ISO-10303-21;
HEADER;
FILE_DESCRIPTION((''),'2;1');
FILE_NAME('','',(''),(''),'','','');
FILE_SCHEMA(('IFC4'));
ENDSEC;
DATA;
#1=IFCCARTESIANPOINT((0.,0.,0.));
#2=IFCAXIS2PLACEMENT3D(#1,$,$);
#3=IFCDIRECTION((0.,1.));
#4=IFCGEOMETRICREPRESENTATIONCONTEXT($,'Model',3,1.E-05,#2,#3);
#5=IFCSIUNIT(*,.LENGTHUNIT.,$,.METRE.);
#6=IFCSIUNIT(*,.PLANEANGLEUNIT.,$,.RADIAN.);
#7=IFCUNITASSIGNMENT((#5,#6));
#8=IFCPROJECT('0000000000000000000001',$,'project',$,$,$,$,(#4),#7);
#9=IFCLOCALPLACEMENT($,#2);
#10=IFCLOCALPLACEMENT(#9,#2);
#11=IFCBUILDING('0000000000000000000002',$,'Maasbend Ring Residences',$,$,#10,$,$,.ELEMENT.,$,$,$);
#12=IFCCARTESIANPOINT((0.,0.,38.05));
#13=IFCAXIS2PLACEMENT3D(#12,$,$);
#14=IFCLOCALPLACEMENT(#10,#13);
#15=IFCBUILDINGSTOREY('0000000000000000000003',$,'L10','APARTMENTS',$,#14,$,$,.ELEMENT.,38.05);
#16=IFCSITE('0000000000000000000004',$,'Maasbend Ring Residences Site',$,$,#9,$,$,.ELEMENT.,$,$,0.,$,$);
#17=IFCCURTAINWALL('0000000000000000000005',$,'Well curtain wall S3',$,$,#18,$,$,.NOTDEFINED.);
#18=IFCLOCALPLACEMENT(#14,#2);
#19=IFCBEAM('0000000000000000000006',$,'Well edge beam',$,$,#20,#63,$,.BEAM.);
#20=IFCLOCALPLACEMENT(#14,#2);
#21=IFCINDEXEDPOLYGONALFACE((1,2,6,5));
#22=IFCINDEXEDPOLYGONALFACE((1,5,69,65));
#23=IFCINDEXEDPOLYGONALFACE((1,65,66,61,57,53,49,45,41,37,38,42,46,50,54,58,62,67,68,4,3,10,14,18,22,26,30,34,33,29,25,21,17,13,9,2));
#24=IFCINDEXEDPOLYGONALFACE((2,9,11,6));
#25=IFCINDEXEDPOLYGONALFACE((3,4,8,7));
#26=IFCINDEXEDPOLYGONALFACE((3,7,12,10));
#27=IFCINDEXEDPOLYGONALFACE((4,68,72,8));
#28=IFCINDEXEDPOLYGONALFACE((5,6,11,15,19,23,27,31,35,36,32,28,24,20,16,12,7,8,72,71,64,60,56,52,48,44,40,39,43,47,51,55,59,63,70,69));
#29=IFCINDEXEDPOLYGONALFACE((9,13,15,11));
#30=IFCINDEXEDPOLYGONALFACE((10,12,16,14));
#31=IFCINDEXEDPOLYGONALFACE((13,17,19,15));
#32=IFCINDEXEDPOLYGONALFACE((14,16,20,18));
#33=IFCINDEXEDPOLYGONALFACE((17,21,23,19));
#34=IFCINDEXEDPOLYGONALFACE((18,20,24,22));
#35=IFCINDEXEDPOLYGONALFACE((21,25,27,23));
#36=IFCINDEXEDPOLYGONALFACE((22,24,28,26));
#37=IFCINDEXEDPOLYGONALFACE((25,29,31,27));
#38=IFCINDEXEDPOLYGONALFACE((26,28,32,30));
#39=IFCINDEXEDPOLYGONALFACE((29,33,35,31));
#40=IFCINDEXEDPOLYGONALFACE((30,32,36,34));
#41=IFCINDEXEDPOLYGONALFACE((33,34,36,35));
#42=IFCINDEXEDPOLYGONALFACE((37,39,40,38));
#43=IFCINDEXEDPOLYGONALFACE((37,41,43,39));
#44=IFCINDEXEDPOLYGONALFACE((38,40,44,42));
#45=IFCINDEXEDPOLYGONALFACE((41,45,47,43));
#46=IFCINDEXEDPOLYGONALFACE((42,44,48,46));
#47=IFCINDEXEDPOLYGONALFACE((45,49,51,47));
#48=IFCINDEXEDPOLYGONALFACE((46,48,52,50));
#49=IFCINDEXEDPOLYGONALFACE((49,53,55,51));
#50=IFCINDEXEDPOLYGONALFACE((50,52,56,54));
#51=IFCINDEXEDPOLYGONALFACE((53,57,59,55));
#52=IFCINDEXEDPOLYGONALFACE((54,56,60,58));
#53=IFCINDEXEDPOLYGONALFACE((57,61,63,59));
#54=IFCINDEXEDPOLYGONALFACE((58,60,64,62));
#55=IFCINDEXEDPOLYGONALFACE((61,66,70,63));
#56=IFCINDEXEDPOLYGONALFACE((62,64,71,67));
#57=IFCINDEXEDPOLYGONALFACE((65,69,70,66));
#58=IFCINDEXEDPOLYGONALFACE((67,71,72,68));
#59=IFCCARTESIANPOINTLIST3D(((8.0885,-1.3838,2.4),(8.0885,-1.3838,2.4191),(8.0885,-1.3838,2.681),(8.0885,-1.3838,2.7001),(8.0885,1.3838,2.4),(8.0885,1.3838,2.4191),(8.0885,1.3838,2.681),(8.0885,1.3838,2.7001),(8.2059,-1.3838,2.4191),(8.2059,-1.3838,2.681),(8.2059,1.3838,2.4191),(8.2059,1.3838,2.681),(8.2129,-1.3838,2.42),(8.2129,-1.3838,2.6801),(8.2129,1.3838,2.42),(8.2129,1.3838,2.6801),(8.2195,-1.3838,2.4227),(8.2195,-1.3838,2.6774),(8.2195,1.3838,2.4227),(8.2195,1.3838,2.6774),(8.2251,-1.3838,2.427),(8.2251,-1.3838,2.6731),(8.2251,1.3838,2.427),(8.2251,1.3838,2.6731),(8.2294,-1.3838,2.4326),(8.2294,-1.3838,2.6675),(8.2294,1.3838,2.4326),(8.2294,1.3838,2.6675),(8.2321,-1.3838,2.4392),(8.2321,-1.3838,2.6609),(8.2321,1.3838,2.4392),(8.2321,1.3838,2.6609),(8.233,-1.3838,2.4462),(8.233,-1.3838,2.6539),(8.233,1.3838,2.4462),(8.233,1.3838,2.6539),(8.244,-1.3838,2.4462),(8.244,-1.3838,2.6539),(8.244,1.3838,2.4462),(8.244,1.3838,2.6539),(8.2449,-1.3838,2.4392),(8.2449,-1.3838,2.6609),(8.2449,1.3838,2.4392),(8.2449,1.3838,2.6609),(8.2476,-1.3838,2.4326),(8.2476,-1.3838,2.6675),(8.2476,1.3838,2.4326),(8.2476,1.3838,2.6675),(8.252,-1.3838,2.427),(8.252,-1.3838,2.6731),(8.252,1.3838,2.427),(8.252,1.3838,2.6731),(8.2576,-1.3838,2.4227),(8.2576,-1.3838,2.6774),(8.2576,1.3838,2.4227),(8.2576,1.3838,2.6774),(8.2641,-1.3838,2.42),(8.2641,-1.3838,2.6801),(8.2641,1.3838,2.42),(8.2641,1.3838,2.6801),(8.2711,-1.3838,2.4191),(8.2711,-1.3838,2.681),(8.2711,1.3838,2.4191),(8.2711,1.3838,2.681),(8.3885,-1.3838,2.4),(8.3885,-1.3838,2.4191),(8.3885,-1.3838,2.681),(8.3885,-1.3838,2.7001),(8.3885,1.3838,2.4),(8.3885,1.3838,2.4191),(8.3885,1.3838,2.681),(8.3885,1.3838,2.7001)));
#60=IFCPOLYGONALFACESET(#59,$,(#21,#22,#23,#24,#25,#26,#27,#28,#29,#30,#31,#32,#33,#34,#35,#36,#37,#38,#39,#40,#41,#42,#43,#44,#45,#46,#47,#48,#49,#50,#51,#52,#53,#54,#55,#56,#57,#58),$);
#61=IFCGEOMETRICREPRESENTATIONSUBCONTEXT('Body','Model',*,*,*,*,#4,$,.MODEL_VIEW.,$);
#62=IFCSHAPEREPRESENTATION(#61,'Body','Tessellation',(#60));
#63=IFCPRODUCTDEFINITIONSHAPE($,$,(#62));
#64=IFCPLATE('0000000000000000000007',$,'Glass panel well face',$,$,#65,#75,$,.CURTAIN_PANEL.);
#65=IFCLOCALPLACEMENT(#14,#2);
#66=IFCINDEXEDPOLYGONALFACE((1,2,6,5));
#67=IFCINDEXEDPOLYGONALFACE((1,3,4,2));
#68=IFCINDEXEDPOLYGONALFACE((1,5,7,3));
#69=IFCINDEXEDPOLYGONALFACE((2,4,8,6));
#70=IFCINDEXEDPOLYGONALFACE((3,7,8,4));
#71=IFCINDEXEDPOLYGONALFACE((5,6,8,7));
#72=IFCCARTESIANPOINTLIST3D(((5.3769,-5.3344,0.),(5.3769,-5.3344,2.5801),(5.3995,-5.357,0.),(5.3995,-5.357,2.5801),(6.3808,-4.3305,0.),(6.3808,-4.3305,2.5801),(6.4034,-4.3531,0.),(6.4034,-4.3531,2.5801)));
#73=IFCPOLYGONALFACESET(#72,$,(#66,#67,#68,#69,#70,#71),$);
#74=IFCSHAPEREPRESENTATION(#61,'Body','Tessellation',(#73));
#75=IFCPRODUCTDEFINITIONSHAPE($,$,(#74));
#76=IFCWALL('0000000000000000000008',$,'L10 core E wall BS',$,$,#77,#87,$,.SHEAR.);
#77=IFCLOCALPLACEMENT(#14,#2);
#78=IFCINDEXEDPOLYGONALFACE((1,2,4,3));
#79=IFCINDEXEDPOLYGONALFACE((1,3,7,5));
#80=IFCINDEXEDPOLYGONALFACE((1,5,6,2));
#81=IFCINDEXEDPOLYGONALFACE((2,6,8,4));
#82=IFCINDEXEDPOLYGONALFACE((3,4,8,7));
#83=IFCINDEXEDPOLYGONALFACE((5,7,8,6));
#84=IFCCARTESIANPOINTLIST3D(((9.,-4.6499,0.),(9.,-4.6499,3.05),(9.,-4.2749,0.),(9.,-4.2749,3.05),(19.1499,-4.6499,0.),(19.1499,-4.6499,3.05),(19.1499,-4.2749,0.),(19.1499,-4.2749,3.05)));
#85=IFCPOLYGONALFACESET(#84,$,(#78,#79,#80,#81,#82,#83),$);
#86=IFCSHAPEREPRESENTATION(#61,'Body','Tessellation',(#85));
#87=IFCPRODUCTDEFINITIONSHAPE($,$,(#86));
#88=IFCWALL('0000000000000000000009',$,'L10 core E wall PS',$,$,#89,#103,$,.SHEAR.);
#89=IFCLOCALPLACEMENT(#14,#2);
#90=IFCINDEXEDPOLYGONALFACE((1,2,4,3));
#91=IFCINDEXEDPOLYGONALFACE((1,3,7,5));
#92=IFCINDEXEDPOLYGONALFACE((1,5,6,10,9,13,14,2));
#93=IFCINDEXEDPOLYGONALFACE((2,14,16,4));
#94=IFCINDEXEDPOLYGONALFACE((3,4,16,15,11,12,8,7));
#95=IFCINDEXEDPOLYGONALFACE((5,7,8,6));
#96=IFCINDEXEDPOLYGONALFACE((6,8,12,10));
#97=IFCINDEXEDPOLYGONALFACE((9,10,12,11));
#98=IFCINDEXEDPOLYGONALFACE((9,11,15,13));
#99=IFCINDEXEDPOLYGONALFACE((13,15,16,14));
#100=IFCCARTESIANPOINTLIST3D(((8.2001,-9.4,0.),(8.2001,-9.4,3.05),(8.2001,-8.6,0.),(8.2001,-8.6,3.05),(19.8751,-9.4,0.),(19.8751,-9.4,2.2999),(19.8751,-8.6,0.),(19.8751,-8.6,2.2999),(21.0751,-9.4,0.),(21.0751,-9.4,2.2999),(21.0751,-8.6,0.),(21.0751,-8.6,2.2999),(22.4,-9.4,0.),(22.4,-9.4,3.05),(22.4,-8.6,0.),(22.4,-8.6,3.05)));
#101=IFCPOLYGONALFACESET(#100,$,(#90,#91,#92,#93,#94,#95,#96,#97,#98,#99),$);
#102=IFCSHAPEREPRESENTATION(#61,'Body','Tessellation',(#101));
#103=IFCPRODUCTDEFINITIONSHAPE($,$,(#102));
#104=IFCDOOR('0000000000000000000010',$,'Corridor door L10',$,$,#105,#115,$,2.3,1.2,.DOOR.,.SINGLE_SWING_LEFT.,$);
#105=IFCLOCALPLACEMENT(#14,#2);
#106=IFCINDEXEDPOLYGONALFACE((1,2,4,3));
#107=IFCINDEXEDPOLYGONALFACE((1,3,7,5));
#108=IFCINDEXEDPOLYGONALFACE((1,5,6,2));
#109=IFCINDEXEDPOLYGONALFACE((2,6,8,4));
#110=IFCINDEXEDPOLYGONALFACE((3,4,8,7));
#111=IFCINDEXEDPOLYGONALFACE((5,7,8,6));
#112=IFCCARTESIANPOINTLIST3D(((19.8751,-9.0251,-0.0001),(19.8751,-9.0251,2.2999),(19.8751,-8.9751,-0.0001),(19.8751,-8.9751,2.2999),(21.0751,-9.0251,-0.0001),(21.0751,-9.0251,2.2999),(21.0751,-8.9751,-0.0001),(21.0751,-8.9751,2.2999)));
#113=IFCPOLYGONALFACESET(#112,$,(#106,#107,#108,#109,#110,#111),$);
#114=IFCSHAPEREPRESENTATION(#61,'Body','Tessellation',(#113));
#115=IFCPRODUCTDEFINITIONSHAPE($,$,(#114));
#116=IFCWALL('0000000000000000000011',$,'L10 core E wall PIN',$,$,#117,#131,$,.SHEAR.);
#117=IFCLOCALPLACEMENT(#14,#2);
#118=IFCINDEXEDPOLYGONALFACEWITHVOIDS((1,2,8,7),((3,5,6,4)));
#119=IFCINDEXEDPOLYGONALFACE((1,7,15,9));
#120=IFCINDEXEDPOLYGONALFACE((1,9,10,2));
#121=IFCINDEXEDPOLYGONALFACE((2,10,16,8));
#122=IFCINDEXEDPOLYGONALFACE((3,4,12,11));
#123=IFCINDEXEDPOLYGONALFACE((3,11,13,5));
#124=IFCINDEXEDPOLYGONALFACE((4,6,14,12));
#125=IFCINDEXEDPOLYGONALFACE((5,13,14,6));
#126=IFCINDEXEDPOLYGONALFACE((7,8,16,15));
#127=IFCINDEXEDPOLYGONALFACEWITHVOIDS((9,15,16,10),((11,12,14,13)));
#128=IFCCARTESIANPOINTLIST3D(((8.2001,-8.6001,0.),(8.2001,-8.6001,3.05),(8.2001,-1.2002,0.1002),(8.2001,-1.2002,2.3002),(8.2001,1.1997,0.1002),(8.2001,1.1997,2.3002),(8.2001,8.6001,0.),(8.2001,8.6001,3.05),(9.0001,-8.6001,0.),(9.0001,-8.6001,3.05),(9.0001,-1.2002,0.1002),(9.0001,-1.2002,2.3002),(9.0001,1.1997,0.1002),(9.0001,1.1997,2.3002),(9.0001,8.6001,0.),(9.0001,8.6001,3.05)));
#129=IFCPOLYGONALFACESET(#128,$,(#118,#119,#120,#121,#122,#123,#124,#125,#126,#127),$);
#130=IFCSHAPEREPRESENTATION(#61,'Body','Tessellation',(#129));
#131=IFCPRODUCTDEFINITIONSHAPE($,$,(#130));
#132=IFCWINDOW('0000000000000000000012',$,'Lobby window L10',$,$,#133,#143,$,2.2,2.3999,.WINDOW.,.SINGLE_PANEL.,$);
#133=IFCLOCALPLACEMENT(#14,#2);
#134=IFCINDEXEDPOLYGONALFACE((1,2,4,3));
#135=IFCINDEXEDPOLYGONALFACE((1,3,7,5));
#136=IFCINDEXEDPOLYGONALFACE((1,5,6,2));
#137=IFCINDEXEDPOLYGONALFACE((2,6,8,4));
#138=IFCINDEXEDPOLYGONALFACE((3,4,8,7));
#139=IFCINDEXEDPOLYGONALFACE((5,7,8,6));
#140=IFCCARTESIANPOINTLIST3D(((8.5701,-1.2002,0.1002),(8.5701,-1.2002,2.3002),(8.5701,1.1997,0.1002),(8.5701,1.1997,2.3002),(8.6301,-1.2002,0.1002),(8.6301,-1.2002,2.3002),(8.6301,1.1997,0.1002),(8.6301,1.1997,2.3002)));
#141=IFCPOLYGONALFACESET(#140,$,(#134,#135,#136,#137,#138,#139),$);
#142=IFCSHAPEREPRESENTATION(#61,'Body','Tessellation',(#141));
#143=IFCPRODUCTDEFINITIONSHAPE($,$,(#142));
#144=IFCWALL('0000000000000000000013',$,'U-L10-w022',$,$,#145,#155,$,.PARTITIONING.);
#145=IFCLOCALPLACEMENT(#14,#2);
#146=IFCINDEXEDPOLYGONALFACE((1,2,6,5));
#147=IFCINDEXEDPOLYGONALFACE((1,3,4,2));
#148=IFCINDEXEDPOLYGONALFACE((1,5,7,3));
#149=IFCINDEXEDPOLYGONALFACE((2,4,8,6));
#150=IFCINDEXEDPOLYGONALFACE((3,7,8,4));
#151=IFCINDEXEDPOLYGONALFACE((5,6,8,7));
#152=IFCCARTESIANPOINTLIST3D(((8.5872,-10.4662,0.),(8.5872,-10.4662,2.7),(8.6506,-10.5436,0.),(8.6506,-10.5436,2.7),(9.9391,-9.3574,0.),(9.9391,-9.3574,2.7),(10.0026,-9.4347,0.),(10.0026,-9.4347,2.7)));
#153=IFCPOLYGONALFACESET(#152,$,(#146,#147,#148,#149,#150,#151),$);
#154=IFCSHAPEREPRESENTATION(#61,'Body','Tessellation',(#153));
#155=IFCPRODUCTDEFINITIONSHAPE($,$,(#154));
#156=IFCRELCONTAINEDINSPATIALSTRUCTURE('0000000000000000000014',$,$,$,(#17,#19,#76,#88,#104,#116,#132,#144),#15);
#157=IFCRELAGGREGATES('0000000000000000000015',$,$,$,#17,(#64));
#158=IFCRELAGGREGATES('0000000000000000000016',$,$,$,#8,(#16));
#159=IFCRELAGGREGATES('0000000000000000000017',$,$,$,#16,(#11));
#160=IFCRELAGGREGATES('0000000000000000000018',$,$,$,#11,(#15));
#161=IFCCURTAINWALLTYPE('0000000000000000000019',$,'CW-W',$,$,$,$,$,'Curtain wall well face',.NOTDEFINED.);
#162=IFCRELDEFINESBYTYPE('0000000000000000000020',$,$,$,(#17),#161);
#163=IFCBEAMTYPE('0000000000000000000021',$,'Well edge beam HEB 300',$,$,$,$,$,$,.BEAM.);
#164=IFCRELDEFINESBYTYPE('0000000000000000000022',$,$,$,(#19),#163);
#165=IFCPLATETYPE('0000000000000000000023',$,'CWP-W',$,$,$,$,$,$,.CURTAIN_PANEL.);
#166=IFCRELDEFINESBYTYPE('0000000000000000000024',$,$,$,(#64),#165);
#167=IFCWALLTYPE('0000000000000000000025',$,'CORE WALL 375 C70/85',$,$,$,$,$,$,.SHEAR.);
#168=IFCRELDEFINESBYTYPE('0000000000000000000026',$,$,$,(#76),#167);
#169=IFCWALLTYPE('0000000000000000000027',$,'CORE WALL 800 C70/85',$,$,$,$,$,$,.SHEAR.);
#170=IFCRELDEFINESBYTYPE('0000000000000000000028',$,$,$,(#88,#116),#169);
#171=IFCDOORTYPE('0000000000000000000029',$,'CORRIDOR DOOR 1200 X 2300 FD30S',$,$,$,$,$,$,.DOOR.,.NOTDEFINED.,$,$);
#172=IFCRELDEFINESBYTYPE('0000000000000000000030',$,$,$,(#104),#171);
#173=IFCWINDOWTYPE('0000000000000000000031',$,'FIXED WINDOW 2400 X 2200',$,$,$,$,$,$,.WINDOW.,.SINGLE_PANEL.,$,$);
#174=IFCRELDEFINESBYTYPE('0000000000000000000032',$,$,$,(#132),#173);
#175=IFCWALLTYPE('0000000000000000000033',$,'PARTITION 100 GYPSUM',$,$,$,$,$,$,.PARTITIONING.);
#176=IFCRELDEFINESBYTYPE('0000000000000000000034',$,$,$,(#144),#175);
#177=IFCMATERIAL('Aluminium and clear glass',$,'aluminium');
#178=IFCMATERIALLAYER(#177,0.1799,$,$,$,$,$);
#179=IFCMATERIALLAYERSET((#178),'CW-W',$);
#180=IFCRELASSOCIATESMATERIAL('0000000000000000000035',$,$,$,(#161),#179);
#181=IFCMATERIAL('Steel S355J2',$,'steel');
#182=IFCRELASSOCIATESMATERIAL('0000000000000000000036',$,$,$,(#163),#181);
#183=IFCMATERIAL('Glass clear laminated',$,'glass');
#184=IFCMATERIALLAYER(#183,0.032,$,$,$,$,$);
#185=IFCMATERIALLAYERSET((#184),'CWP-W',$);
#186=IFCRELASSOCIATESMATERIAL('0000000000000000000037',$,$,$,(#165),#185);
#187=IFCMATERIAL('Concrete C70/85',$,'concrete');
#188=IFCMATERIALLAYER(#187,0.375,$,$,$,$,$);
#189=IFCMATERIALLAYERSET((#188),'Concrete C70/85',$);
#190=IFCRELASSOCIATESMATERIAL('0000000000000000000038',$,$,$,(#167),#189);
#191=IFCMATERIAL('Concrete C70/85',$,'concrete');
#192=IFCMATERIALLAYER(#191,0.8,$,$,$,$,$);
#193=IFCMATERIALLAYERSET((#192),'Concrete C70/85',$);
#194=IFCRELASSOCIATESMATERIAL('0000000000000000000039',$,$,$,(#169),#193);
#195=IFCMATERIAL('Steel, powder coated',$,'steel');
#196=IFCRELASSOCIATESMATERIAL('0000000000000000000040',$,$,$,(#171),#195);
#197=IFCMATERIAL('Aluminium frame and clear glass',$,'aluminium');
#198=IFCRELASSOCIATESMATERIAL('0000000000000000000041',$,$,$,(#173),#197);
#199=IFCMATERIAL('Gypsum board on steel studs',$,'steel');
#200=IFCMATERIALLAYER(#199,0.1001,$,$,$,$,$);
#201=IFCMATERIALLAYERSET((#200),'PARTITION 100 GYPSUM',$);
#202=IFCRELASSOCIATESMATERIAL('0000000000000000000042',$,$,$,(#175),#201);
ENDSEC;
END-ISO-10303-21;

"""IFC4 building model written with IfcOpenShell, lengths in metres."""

from ifc_helpers import new_model, si_unit, direction, frame, frame_2d, origin, origin_2d, place, context, subcontext, project, spatial, rectangle, i_section, extrude, material, layer, layer_set, material_profile, profile_set, type_object, element, fill, aggregate, save


model = new_model("IFC4")

# Units and contexts
model_context = context("Model", 3, precision=1e-05, world=origin(), true_north=direction((0.0, 1.0)))
body_context = subcontext(model_context, "Body", "Model", "MODEL_VIEW")
ifc_project = project(units=[si_unit("LENGTHUNIT", "METRE"), si_unit("PLANEANGLEUNIT", "RADIAN")], contexts=[model_context])

# Site, building, storey
site_placement = place(None, origin())
site = spatial("IfcSite", under=ifc_project, at=site_placement, Name="Maasbend Ring Residences Site", CompositionType="ELEMENT", RefElevation=0.0)
building_placement = place(site_placement, origin())
building = spatial("IfcBuilding", under=site, at=building_placement, Name="Maasbend Ring Residences", CompositionType="ELEMENT")
storey_placement = place(building_placement, frame((0.0, 0.0, 38.05)))
storey = spatial("IfcBuildingStorey", under=building, at=storey_placement, Name="L10", Description="APARTMENTS", CompositionType="ELEMENT", Elevation=38.05)

# Curtain wall
ifc_material_1 = material(Name="Aluminium and clear glass", Category="aluminium")
ifc_layer_1 = layer(ifc_material_1, 0.1799)
ifc_layer_set_1 = layer_set([ifc_layer_1], Name="CW-W")
curtain_wall_type = type_object("IfcCurtainWallType", Name="CW-W", ElementType="Curtain wall well face", PredefinedType="NOTDEFINED", material=ifc_layer_set_1)
curtain_wall_placement = place(storey_placement, origin())
curtain_wall = element("IfcCurtainWall", 1, at=curtain_wall_placement, inside=storey, type_object=curtain_wall_type, Name="Well curtain wall S3", PredefinedType="NOTDEFINED")

# Beam
ifc_material_2 = material(Name="Steel S355J2", Category="steel")
ifc_material_profile_1 = material_profile(ifc_material_2, i_section(OverallWidth=0.3, OverallDepth=0.3, WebThickness=0.011, FlangeThickness=0.019, FilletRadius=0.0271, at=origin_2d()), Name="HEB 300")
ifc_profile_set_1 = profile_set([ifc_material_profile_1], Name="Steel S355J2")
beam_type = type_object("IfcBeamType", Name="Well edge beam HEB 300", PredefinedType="BEAM", material=ifc_profile_set_1)
beam_1_placement = place(storey_placement, frame((8.2385, -1.3838, 2.55), z_axis=(0.0, 1.0, 0.0), x_axis=(-1.0, 0.0, 0.0)))
element("IfcBeam", 2, at=beam_1_placement, inside=storey, type_object=beam_type, Name="Well edge beam", PredefinedType="BEAM", context=body_context, shape_type="SweptSolid", body=[
    extrude(i_section(OverallWidth=0.3, OverallDepth=0.3, WebThickness=0.011, FlangeThickness=0.019, FilletRadius=0.0271, at=origin_2d()), origin(), (0.0, 0.0, 1.0), 2.7676),
])

# Plate
ifc_material_3 = material(Name="Glass clear laminated", Category="glass")
ifc_layer_2 = layer(ifc_material_3, 0.032)
ifc_layer_set_2 = layer_set([ifc_layer_2], Name="CWP-W")
plate_type = type_object("IfcPlateType", Name="CWP-W", PredefinedType="CURTAIN_PANEL", material=ifc_layer_set_2)
plate_placement = place(storey_placement, frame((5.8901, -4.8438, 0.0), z_axis=(0.0, 0.0, 1.0), x_axis=(0.707107, 0.707107, 0.0)))
plate = element("IfcPlate", 3, at=plate_placement, type_object=plate_type, Name="Glass panel well face", PredefinedType="CURTAIN_PANEL", context=body_context, shape_type="SweptSolid", body=[
    extrude(rectangle(XDim=1.4197, YDim=0.032, at=origin_2d()), origin(), (0.0, 0.0, 1.0), 2.5801),
])
aggregate(curtain_wall, [plate])

# Wall
ifc_material_4 = material(Name="Concrete C70/85", Category="concrete")
ifc_layer_3 = layer(ifc_material_4, 0.375)
ifc_layer_set_3 = layer_set([ifc_layer_3], Name="Concrete C70/85")
wall_type_1 = type_object("IfcWallType", Name="CORE WALL 375 C70/85", PredefinedType="SHEAR", material=ifc_layer_set_3)
wall_1_placement = place(storey_placement, frame((9.0, -4.4624, 0.0), z_axis=(0.0, 0.0, 1.0), x_axis=(1.0, 0.0, 0.0)))
element("IfcWall", 4, at=wall_1_placement, inside=storey, type_object=wall_type_1, Name="L10 core E wall BS", PredefinedType="SHEAR", context=body_context, shape_type="SweptSolid", body=[
    extrude(rectangle(XDim=10.1499, YDim=0.375, at=frame_2d((5.075, 0.0))), origin(), (0.0, 0.0, 1.0), 3.05),
])

# Wall, opening, door
ifc_material_5 = material(Name="Concrete C70/85", Category="concrete")
ifc_layer_4 = layer(ifc_material_5, 0.8)
ifc_layer_set_4 = layer_set([ifc_layer_4], Name="Concrete C70/85")
wall_type_2 = type_object("IfcWallType", Name="CORE WALL 800 C70/85", PredefinedType="SHEAR", material=ifc_layer_set_4)
wall_2_placement = place(storey_placement, frame((8.2, -9.0, 0.0), z_axis=(0.0, 0.0, 1.0), x_axis=(1.0, 0.0, 0.0)))
wall_2 = element("IfcWall", 5, at=wall_2_placement, inside=storey, type_object=wall_type_2, Name="L10 core E wall PS", PredefinedType="SHEAR", context=body_context, shape_type="SweptSolid", body=[
    extrude(rectangle(XDim=14.2, YDim=0.8, at=frame_2d((7.1001, 0.0))), origin(), (0.0, 0.0, 1.0), 3.05),
])
opening_1_placement = place(wall_2_placement, frame((11.675, 0.0, 0.0)))
opening_1 = element("IfcOpeningElement", 6, at=opening_1_placement, cuts=wall_2, PredefinedType="OPENING", context=body_context, shape_type="SweptSolid", body=[
    extrude(rectangle(XDim=1.2, YDim=2.3, at=frame_2d((0.6001, 1.1499))), frame((0.0, 0.4102, 0.0), z_axis=(0.0, -1.0, 0.0), x_axis=(1.0, 0.0, 0.0)), (0.0, 0.0, 1.0), 0.8201),
])
ifc_material_6 = material(Name="Steel, powder coated", Category="steel")
door_type_1 = type_object("IfcDoorType", Name="CORRIDOR DOOR 1200 X 2300 FD30S", OperationType="NOTDEFINED", PredefinedType="DOOR", material=ifc_material_6)
door_1_placement = place(opening_1_placement, origin())
door_1 = element("IfcDoor", 7, at=door_1_placement, inside=storey, type_object=door_type_1, Name="Corridor door L10", OperationType="SINGLE_SWING_LEFT", OverallHeight=2.3, OverallWidth=1.2, PredefinedType="DOOR", context=body_context, shape_type="SweptSolid", body=[
    extrude(rectangle(XDim=1.2, YDim=2.3, at=frame_2d((0.6001, 1.1499))), frame((0.0, 0.0249, 0.0), z_axis=(0.0, -1.0, 0.0), x_axis=(1.0, 0.0, 0.0)), (0.0, 0.0, 1.0), 0.05),
])
fill(opening_1, door_1)

# Wall, opening, window
wall_3_placement = place(storey_placement, frame((8.6001, -8.6001, 0.0), z_axis=(0.0, 0.0, 1.0), x_axis=(0.0, 1.0, 0.0)))
wall_3 = element("IfcWall", 8, at=wall_3_placement, inside=storey, type_object=wall_type_2, Name="L10 core E wall PIN", PredefinedType="SHEAR", context=body_context, shape_type="SweptSolid", body=[
    extrude(rectangle(XDim=17.2002, YDim=0.8, at=frame_2d((8.6001, 0.0))), origin(), (0.0, 0.0, 1.0), 3.05),
])
opening_2_placement = place(wall_3_placement, frame((7.3999, 0.0, 0.1001)))
opening_2 = element("IfcOpeningElement", 9, at=opening_2_placement, cuts=wall_3, PredefinedType="OPENING", context=body_context, shape_type="SweptSolid", body=[
    extrude(rectangle(XDim=2.3999, YDim=2.2, at=frame_2d((1.2, 1.1001))), frame((0.0, 0.4102, 0.0), z_axis=(0.0, -1.0, 0.0), x_axis=(1.0, 0.0, 0.0)), (0.0, 0.0, 1.0), 0.8201),
])
ifc_material_7 = material(Name="Aluminium frame and clear glass", Category="aluminium")
window_type = type_object("IfcWindowType", Name="FIXED WINDOW 2400 X 2200", PartitioningType="SINGLE_PANEL", PredefinedType="WINDOW", material=ifc_material_7)
window_placement = place(opening_2_placement, origin())
window = element("IfcWindow", 10, at=window_placement, inside=storey, type_object=window_type, Name="Lobby window L10", OverallHeight=2.2, OverallWidth=2.3999, PartitioningType="SINGLE_PANEL", PredefinedType="WINDOW", context=body_context, shape_type="SweptSolid", body=[
    extrude(rectangle(XDim=2.3999, YDim=2.2, at=frame_2d((1.2, 1.1001))), frame((0.0, 0.03, 0.0), z_axis=(0.0, -1.0, 0.0), x_axis=(1.0, 0.0, 0.0)), (0.0, 0.0, 1.0), 0.0601),
])
fill(opening_2, window)

# Wall
ifc_material_8 = material(Name="Gypsum board on steel studs", Category="steel")
ifc_layer_5 = layer(ifc_material_8, 0.1001)
ifc_layer_set_5 = layer_set([ifc_layer_5], Name="PARTITION 100 GYPSUM")
wall_type_3 = type_object("IfcWallType", Name="PARTITION 100 GYPSUM", PredefinedType="PARTITIONING", material=ifc_layer_set_5)
wall_4_placement = place(storey_placement, frame((8.6189, -10.5049, 0.0), z_axis=(0.0, 0.0, 1.0), x_axis=(0.77321, 0.63415, 0.0)))
element("IfcWall", 11, at=wall_4_placement, inside=storey, type_object=wall_type_3, Name="U-L10-w022", PredefinedType="PARTITIONING", context=body_context, shape_type="SweptSolid", body=[
    extrude(rectangle(XDim=1.7485, YDim=0.1001, at=frame_2d((0.8743, 0.0))), origin(), (0.0, 0.0, 1.0), 2.7),
])

save(model, "model.ifc")
